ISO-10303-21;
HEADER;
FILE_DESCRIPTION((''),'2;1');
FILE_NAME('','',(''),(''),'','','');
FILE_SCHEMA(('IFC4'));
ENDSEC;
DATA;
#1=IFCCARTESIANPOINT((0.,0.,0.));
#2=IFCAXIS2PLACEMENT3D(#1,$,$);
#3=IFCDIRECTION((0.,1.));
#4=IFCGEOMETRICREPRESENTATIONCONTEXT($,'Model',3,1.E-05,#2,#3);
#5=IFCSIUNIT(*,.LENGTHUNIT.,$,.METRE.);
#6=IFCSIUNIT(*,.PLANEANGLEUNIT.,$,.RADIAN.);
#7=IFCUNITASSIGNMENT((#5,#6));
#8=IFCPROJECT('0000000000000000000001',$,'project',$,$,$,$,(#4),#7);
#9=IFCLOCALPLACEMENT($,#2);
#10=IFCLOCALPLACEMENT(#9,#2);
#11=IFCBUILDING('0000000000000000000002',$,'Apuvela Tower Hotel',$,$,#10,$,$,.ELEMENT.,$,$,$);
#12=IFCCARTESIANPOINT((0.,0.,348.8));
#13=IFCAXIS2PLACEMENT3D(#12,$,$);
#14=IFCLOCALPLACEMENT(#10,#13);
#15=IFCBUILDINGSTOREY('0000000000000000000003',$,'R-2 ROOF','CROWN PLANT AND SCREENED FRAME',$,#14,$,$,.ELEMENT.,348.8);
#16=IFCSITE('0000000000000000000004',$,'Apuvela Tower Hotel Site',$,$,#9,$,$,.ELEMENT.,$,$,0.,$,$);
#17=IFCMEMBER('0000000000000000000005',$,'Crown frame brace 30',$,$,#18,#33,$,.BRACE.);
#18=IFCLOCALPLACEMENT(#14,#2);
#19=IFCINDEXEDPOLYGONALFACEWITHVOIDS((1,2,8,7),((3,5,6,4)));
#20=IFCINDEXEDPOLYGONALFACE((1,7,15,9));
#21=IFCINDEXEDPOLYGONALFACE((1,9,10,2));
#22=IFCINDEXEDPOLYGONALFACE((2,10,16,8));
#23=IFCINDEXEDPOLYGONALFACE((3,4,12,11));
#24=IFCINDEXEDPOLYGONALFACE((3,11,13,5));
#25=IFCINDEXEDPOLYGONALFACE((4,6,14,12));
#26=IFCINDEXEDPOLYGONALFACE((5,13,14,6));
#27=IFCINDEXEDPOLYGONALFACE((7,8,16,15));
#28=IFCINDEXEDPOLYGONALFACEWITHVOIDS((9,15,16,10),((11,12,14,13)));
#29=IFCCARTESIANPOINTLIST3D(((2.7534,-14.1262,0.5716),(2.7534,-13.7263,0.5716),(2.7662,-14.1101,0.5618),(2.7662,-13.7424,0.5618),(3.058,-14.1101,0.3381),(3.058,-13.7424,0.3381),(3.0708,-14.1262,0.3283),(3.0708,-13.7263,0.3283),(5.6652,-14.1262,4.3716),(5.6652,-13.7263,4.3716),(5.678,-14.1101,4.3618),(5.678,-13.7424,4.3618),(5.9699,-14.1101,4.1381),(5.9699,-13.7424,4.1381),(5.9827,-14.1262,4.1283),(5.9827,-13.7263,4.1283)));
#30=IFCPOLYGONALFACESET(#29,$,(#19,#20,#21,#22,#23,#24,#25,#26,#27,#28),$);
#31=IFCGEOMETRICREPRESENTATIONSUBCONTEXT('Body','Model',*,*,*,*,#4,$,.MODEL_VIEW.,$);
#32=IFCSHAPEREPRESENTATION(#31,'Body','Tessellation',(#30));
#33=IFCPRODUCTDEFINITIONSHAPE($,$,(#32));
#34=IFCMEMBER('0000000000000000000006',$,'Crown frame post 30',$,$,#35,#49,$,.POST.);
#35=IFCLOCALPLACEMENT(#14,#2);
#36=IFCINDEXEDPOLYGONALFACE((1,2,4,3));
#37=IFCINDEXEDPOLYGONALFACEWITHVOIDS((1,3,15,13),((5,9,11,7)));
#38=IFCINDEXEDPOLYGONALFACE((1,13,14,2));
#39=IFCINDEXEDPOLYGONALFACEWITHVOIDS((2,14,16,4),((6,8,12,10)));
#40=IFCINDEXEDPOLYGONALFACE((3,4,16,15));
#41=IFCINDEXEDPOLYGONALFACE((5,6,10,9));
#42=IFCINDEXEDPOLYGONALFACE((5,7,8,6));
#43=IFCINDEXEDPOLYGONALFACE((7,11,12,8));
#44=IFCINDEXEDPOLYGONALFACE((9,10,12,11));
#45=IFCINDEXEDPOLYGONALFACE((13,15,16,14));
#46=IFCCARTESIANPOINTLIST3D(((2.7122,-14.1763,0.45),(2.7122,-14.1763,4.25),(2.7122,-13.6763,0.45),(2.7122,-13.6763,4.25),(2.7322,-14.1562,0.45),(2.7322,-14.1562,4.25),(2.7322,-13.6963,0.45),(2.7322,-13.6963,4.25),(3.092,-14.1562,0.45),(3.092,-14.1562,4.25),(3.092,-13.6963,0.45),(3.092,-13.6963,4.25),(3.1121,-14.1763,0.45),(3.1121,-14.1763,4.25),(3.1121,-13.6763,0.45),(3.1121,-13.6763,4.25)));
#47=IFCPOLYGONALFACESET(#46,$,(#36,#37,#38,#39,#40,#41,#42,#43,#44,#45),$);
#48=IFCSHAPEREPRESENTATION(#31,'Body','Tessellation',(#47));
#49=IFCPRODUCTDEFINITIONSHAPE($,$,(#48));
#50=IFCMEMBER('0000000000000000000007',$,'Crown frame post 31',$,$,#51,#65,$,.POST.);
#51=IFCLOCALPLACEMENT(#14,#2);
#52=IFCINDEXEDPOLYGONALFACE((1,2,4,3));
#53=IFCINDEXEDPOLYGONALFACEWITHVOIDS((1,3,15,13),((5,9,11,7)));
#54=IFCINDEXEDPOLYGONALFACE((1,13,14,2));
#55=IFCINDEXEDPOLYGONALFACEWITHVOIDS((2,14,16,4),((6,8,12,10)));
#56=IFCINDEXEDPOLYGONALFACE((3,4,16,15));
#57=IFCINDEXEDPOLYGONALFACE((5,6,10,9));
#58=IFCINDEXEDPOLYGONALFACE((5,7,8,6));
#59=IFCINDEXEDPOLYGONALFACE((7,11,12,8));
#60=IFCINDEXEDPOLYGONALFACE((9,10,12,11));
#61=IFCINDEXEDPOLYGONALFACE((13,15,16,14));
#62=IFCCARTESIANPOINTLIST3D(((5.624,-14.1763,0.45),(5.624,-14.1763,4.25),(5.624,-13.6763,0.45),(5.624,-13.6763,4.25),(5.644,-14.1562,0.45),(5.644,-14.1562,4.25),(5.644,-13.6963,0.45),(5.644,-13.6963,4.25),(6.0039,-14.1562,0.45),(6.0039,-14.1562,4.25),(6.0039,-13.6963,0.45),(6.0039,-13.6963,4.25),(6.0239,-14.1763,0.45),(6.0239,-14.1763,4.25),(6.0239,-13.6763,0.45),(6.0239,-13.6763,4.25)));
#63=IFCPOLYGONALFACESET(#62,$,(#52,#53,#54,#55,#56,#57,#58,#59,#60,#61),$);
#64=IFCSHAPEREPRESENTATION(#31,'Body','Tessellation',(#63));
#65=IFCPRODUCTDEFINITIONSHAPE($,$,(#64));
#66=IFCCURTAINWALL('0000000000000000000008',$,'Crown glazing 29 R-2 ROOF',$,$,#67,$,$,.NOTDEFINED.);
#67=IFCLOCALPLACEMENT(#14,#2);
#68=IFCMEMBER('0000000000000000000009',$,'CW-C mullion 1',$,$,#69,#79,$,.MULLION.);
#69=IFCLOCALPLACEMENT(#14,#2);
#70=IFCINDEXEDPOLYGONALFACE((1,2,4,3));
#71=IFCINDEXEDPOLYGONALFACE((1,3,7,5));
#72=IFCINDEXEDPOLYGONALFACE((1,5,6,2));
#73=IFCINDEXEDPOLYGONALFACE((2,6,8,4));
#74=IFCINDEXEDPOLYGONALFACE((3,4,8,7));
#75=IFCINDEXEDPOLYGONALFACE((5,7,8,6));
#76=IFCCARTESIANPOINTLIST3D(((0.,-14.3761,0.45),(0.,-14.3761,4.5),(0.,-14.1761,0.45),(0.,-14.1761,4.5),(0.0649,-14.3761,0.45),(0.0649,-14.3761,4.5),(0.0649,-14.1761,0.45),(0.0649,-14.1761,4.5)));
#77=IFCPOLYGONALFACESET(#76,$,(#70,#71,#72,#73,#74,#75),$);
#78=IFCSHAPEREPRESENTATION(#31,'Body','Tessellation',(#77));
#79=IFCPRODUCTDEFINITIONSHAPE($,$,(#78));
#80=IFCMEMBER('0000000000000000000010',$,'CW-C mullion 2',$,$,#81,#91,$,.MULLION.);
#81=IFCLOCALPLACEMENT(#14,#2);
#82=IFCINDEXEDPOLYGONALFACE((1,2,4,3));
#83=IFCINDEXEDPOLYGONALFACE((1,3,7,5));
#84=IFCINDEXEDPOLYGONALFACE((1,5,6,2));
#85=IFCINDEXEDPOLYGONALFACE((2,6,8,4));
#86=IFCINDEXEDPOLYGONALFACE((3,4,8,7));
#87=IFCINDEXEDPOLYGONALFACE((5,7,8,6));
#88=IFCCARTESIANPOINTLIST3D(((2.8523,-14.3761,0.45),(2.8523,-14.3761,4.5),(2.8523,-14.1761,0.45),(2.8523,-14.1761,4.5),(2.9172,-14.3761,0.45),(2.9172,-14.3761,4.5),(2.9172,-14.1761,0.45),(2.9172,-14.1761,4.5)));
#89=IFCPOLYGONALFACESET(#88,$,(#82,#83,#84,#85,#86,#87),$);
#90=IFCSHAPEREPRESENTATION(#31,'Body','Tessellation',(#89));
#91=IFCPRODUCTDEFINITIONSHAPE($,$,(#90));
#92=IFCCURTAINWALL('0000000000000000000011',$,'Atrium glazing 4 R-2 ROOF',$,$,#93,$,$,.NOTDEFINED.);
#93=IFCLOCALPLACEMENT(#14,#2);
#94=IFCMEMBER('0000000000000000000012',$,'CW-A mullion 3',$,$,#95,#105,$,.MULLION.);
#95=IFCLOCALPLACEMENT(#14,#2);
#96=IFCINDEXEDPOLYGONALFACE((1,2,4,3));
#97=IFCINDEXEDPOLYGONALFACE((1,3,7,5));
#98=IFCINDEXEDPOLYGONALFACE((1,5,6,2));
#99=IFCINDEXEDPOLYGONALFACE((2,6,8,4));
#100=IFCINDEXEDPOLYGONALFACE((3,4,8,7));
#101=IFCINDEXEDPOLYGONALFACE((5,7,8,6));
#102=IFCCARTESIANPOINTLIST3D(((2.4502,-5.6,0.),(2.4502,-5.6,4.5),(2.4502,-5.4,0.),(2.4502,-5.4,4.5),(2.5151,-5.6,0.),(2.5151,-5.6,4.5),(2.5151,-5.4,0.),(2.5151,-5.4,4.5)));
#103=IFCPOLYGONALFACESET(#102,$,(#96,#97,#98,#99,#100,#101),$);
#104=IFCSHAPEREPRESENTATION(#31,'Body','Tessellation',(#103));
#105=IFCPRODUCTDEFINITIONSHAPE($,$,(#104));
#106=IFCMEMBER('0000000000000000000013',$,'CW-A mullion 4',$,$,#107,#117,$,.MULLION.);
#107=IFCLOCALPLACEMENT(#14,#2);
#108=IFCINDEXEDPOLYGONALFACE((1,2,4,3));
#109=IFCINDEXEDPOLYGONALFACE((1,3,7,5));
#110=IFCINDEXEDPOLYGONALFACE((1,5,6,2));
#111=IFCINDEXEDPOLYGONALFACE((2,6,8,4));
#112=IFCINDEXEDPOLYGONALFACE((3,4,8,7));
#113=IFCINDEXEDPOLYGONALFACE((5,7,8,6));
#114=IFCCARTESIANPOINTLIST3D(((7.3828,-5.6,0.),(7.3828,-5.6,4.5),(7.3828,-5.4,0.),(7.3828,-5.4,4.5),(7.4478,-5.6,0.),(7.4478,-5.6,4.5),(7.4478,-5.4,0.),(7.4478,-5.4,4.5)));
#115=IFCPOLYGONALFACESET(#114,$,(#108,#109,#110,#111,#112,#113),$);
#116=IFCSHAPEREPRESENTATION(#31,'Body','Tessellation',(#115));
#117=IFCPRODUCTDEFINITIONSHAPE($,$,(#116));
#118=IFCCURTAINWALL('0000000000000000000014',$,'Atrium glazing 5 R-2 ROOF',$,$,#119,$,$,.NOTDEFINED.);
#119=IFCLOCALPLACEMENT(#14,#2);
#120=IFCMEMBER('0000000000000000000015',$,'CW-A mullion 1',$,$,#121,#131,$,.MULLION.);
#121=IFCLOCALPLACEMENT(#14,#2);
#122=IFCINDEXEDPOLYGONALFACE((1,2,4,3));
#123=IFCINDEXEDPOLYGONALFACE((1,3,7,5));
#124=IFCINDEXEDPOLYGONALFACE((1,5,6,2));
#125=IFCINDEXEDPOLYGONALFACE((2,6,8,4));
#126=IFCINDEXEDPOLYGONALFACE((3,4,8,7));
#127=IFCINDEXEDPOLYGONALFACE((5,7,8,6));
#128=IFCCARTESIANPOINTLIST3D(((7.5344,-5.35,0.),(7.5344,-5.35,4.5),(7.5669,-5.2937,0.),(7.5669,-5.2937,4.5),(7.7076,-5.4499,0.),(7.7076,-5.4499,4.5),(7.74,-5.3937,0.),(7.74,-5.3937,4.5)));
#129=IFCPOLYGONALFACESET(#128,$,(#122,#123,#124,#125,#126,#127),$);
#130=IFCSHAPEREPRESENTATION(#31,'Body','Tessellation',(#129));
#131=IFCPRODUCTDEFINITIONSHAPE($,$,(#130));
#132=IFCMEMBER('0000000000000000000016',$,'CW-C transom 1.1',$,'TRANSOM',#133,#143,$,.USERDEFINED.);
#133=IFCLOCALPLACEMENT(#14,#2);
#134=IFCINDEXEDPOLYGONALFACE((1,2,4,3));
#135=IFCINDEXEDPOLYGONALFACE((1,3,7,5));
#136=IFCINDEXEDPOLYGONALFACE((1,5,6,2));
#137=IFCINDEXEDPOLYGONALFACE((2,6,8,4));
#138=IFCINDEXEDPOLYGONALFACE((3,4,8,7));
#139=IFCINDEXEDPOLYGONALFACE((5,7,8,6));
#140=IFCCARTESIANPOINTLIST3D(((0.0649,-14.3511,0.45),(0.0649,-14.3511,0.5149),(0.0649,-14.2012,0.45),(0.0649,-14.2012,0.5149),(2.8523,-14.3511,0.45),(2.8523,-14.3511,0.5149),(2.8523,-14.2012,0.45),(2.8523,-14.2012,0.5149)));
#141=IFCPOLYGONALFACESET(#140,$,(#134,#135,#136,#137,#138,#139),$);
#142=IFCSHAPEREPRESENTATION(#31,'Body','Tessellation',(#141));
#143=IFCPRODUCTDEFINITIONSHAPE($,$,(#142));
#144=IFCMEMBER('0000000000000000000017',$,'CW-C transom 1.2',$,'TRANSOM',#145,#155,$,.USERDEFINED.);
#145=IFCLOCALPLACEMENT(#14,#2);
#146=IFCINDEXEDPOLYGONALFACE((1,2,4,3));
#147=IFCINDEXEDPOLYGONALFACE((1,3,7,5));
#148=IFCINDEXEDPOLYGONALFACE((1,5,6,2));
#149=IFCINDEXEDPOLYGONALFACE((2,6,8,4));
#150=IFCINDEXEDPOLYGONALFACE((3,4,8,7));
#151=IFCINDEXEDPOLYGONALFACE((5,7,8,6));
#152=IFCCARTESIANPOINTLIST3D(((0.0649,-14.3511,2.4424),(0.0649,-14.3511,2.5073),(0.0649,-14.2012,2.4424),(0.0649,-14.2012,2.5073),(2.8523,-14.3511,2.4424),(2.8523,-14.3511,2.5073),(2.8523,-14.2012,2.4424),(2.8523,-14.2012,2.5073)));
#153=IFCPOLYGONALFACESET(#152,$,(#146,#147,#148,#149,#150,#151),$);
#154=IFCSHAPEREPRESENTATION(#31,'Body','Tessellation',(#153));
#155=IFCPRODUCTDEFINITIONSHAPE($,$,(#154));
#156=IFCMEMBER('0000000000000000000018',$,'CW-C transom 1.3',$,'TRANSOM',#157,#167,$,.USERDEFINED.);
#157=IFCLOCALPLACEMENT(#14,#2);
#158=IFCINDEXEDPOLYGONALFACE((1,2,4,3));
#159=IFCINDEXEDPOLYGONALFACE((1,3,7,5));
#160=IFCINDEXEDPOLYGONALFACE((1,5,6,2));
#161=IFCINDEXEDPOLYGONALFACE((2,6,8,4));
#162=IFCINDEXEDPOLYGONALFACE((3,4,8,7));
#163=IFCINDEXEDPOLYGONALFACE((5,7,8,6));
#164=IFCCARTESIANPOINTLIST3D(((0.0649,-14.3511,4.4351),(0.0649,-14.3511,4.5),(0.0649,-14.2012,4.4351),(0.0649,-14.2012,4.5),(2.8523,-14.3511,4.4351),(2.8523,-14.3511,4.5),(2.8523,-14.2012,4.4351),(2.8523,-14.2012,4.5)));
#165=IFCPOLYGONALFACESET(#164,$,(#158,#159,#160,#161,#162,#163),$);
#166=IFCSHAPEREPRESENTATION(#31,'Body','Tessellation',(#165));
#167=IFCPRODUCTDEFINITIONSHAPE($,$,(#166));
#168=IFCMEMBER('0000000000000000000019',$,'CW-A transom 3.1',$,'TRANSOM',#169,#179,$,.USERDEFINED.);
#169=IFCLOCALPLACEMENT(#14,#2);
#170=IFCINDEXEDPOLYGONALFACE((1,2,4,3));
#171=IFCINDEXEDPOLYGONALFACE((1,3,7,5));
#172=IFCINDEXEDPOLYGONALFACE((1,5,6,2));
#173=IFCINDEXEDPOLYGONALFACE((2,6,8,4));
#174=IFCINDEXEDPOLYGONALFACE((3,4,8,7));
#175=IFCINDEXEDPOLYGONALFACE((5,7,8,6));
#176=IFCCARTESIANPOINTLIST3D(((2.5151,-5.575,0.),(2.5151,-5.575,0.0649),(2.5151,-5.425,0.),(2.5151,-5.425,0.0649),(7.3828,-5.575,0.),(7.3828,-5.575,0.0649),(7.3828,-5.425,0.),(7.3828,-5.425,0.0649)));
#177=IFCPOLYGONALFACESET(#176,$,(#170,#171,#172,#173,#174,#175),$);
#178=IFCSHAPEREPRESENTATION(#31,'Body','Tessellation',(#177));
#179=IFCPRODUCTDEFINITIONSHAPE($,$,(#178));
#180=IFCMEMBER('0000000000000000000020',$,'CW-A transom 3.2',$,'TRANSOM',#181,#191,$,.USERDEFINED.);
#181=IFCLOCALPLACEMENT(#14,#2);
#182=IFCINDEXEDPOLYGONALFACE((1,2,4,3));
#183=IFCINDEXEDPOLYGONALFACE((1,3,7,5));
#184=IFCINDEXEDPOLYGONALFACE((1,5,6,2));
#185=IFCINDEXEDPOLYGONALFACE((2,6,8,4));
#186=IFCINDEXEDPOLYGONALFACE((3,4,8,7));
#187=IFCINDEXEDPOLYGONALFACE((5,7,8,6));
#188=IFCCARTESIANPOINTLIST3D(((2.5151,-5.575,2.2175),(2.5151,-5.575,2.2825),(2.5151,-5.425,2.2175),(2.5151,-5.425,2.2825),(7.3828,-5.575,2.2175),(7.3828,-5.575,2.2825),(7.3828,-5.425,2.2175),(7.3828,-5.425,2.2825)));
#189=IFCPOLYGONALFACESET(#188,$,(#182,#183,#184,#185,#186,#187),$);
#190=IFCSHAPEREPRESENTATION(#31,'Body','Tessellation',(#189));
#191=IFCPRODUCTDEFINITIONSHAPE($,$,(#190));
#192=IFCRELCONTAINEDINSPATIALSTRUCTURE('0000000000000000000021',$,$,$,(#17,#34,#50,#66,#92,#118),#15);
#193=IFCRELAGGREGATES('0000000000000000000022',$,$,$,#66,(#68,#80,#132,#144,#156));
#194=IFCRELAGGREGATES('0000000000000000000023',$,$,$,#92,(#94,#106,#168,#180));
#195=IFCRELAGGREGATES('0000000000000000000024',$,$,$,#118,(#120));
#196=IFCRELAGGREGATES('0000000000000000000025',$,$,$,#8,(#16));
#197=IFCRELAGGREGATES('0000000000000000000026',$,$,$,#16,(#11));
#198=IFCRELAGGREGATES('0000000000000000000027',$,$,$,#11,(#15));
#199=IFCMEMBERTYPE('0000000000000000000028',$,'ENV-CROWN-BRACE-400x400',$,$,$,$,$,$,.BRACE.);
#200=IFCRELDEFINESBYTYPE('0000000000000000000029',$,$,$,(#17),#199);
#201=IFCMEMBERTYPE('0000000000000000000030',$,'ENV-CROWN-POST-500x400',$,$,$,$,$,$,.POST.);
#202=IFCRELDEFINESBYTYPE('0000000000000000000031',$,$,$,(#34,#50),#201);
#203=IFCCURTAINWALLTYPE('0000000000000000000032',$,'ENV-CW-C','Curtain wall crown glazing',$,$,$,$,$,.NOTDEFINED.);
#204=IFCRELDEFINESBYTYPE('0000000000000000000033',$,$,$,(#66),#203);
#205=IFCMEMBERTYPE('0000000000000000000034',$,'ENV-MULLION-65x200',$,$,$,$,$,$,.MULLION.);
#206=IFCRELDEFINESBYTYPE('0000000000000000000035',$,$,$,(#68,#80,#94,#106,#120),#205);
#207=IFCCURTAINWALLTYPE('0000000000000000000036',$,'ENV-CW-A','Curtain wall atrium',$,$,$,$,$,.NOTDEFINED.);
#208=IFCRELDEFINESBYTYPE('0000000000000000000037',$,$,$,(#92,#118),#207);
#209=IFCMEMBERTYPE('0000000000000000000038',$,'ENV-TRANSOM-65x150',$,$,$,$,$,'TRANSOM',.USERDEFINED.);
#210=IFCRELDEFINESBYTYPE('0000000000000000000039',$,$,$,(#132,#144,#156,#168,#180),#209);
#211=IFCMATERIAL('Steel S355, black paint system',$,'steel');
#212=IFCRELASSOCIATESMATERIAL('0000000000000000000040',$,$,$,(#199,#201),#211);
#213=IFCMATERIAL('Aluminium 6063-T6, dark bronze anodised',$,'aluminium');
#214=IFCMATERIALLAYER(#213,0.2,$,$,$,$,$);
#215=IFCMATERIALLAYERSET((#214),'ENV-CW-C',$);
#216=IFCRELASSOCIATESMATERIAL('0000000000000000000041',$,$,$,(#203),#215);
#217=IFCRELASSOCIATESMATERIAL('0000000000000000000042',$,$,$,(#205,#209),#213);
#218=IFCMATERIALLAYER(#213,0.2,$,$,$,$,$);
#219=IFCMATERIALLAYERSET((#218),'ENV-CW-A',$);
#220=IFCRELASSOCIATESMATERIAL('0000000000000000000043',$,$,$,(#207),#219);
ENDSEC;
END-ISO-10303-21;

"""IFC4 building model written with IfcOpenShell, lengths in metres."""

from ifc_helpers import new_model, si_unit, direction, frame, origin, origin_2d, place, context, subcontext, project, spatial, rectangle, hollow_rectangle, extrude, material, layer, layer_set, material_profile, profile_set, type_object, element, aggregate, save


model = new_model("IFC4")

# Units and contexts
model_context = context("Model", 3, precision=1e-05, world=origin(), true_north=direction((0.0, 1.0)))
body_context = subcontext(model_context, "Body", "Model", "MODEL_VIEW")
ifc_project = project(units=[si_unit("LENGTHUNIT", "METRE"), si_unit("PLANEANGLEUNIT", "RADIAN")], contexts=[model_context])

# Site, building, storey
site_placement = place(None, origin())
site = spatial("IfcSite", under=ifc_project, at=site_placement, Name="Apuvela Tower Hotel Site", CompositionType="ELEMENT", RefElevation=0.0)
building_placement = place(site_placement, origin())
building = spatial("IfcBuilding", under=site, at=building_placement, Name="Apuvela Tower Hotel", CompositionType="ELEMENT")
storey_placement = place(building_placement, frame((0.0, 0.0, 348.8)))
storey = spatial("IfcBuildingStorey", under=building, at=storey_placement, Name="R-2 ROOF", Description="CROWN PLANT AND SCREENED FRAME", CompositionType="ELEMENT", Elevation=348.8)

# Members
ifc_material_1 = material(Name="Steel S355, black paint system", Category="steel")
ifc_material_profile_1 = material_profile(ifc_material_1, hollow_rectangle(XDim=0.3999, YDim=0.3999, WallThickness=0.0161, at=origin_2d()), Name="HSS 400x400x16")
ifc_profile_set_1 = profile_set([ifc_material_profile_1], Name="Steel S355, black paint system")
member_type_1 = type_object("IfcMemberType", Name="ENV-CROWN-BRACE-400x400", PredefinedType="BRACE", material=ifc_profile_set_1)
member_1_placement = place(storey_placement, frame((2.9121, -13.9263, 0.45), z_axis=(0.608233, 0.0, 0.793758), x_axis=(0.0, 1.0, 0.0)))
element("IfcMember", 1, at=member_1_placement, inside=storey, type_object=member_type_1, Name="Crown frame brace 30", PredefinedType="BRACE", context=body_context, shape_type="SweptSolid", body=[
    extrude(hollow_rectangle(XDim=0.3999, YDim=0.3999, WallThickness=0.0161, at=origin_2d()), origin(), (0.0, 0.0, 1.0), 4.7874),
])
ifc_material_profile_2 = material_profile(ifc_material_1, hollow_rectangle(XDim=0.3999, YDim=0.5, WallThickness=0.02, at=origin_2d()), Name="HSS 500x400x20")
ifc_profile_set_2 = profile_set([ifc_material_profile_2], Name="Steel S355, black paint system")
member_type_2 = type_object("IfcMemberType", Name="ENV-CROWN-POST-500x400", PredefinedType="POST", material=ifc_profile_set_2)
for number, where, z_axis, x_axis, name in (
    (2, (2.9121, -13.9263, 0.45), (0.0, 0.0, 1.0), (1.0, 0.0, 0.0), "Crown frame post 30"),
    (3, (5.824, -13.9263, 0.45), (0.0, 0.0, 1.0), (1.0, 0.0, 0.0), "Crown frame post 31"),
):
    element("IfcMember", number, at=place(storey_placement, frame(where, z_axis=z_axis, x_axis=x_axis)), inside=storey, type_object=member_type_2, Name=name, PredefinedType="POST", context=body_context, shape_type="SweptSolid", body=[
        extrude(hollow_rectangle(XDim=0.3999, YDim=0.5, WallThickness=0.02, at=origin_2d()), origin(), (0.0, 0.0, 1.0), 3.8),
    ])

# Curtain walls, members
ifc_material_2 = material(Name="Aluminium 6063-T6, dark bronze anodised", Category="aluminium")
ifc_layer_1 = layer(ifc_material_2, 0.2)
ifc_layer_set_1 = layer_set([ifc_layer_1], Name="ENV-CW-C")
curtain_wall_type_1 = type_object("IfcCurtainWallType", Name="ENV-CW-C", Description="Curtain wall crown glazing", PredefinedType="NOTDEFINED", material=ifc_layer_set_1)
curtain_wall_1_placement = place(storey_placement, origin())
curtain_wall_1 = element("IfcCurtainWall", 4, at=curtain_wall_1_placement, inside=storey, type_object=curtain_wall_type_1, Name="Crown glazing 29 R-2 ROOF", PredefinedType="NOTDEFINED")
ifc_material_profile_3 = material_profile(ifc_material_2, rectangle(XDim=0.2, YDim=0.0649, at=origin_2d()), Name="AL 65x200")
ifc_profile_set_3 = profile_set([ifc_material_profile_3], Name="Aluminium 6063-T6, dark bronze anodised")
member_type_3 = type_object("IfcMemberType", Name="ENV-MULLION-65x200", PredefinedType="MULLION", material=ifc_profile_set_3)
member_2_placement = place(storey_placement, frame((0.0325, -14.2761, 0.45), z_axis=(0.0, 0.0, 1.0), x_axis=(0.0, 1.0, 0.0)))
member_2 = element("IfcMember", 5, at=member_2_placement, type_object=member_type_3, Name="CW-C mullion 1", PredefinedType="MULLION", context=body_context, shape_type="SweptSolid", body=[
    extrude(rectangle(XDim=0.2, YDim=0.0649, at=origin_2d()), origin(), (0.0, 0.0, 1.0), 4.05),
])
member_3_placement = place(storey_placement, frame((2.8848, -14.2761, 0.45), z_axis=(0.0, 0.0, 1.0), x_axis=(0.0, 1.0, 0.0)))
member_3 = element("IfcMember", 6, at=member_3_placement, type_object=member_type_3, Name="CW-C mullion 2", PredefinedType="MULLION", context=body_context, shape_type="SweptSolid", body=[
    extrude(rectangle(XDim=0.2, YDim=0.0649, at=origin_2d()), origin(), (0.0, 0.0, 1.0), 4.05),
])
ifc_layer_2 = layer(ifc_material_2, 0.2)
ifc_layer_set_2 = layer_set([ifc_layer_2], Name="ENV-CW-A")
curtain_wall_type_2 = type_object("IfcCurtainWallType", Name="ENV-CW-A", Description="Curtain wall atrium", PredefinedType="NOTDEFINED", material=ifc_layer_set_2)
curtain_wall_2_placement = place(storey_placement, origin())
curtain_wall_2 = element("IfcCurtainWall", 7, at=curtain_wall_2_placement, inside=storey, type_object=curtain_wall_type_2, Name="Atrium glazing 4 R-2 ROOF", PredefinedType="NOTDEFINED")
member_4_placement = place(storey_placement, frame((2.4827, -5.5, 0.0), z_axis=(0.0, 0.0, 1.0), x_axis=(0.0, 1.0, 0.0)))
member_4 = element("IfcMember", 8, at=member_4_placement, type_object=member_type_3, Name="CW-A mullion 3", PredefinedType="MULLION", context=body_context, shape_type="SweptSolid", body=[
    extrude(rectangle(XDim=0.2, YDim=0.0649, at=origin_2d()), origin(), (0.0, 0.0, 1.0), 4.5),
])
member_5_placement = place(storey_placement, frame((7.4153, -5.5, 0.0), z_axis=(0.0, 0.0, 1.0), x_axis=(0.0, 1.0, 0.0)))
member_5 = element("IfcMember", 9, at=member_5_placement, type_object=member_type_3, Name="CW-A mullion 4", PredefinedType="MULLION", context=body_context, shape_type="SweptSolid", body=[
    extrude(rectangle(XDim=0.2, YDim=0.0649, at=origin_2d()), origin(), (0.0, 0.0, 1.0), 4.5),
])

# Curtain wall, member
curtain_wall_3_placement = place(storey_placement, origin())
curtain_wall_3 = element("IfcCurtainWall", 10, at=curtain_wall_3_placement, inside=storey, type_object=curtain_wall_type_2, Name="Atrium glazing 5 R-2 ROOF", PredefinedType="NOTDEFINED")
member_6_placement = place(storey_placement, frame((7.6372, -5.3718, 0.0), z_axis=(0.0, 0.0, 1.0), x_axis=(-0.866032, 0.499989, 0.0)))
member_6 = element("IfcMember", 11, at=member_6_placement, type_object=member_type_3, Name="CW-A mullion 1", PredefinedType="MULLION", context=body_context, shape_type="SweptSolid", body=[
    extrude(rectangle(XDim=0.2, YDim=0.0649, at=origin_2d()), origin(), (0.0, 0.0, 1.0), 4.5),
])

# Members
ifc_material_profile_4 = material_profile(ifc_material_2, rectangle(XDim=0.1499, YDim=0.0649, at=origin_2d()), Name="AL 65x150 transom")
ifc_profile_set_4 = profile_set([ifc_material_profile_4], Name="Aluminium 6063-T6, dark bronze anodised")
member_type_4 = type_object("IfcMemberType", Name="ENV-TRANSOM-65x150", ElementType="TRANSOM", PredefinedType="USERDEFINED", material=ifc_profile_set_4)
member_7_placement = place(storey_placement, frame((0.0649, -14.2761, 0.4824), z_axis=(1.0, 0.0, 0.0), x_axis=(0.0, 1.0, 0.0)))
member_7 = element("IfcMember", 12, at=member_7_placement, type_object=member_type_4, Name="CW-C transom 1.1", ObjectType="TRANSOM", PredefinedType="USERDEFINED", context=body_context, shape_type="SweptSolid", body=[
    extrude(rectangle(XDim=0.1499, YDim=0.0649, at=origin_2d()), origin(), (0.0, 0.0, 1.0), 2.7874),
])
member_8_placement = place(storey_placement, frame((0.0649, -14.2761, 2.4749), z_axis=(1.0, 0.0, 0.0), x_axis=(0.0, 1.0, 0.0)))
member_8 = element("IfcMember", 13, at=member_8_placement, type_object=member_type_4, Name="CW-C transom 1.2", ObjectType="TRANSOM", PredefinedType="USERDEFINED", context=body_context, shape_type="SweptSolid", body=[
    extrude(rectangle(XDim=0.1499, YDim=0.0649, at=origin_2d()), origin(), (0.0, 0.0, 1.0), 2.7874),
])
member_9_placement = place(storey_placement, frame((0.0649, -14.2761, 4.4675), z_axis=(1.0, 0.0, 0.0), x_axis=(0.0, 1.0, 0.0)))
member_9 = element("IfcMember", 14, at=member_9_placement, type_object=member_type_4, Name="CW-C transom 1.3", ObjectType="TRANSOM", PredefinedType="USERDEFINED", context=body_context, shape_type="SweptSolid", body=[
    extrude(rectangle(XDim=0.1499, YDim=0.0649, at=origin_2d()), origin(), (0.0, 0.0, 1.0), 2.7874),
])
member_10_placement = place(storey_placement, frame((2.5151, -5.5, 0.0325), z_axis=(1.0, 0.0, 0.0), x_axis=(0.0, 1.0, 0.0)))
member_10 = element("IfcMember", 15, at=member_10_placement, type_object=member_type_4, Name="CW-A transom 3.1", ObjectType="TRANSOM", PredefinedType="USERDEFINED", context=body_context, shape_type="SweptSolid", body=[
    extrude(rectangle(XDim=0.1499, YDim=0.0649, at=origin_2d()), origin(), (0.0, 0.0, 1.0), 4.8677),
])
member_11_placement = place(storey_placement, frame((2.5151, -5.5, 2.25), z_axis=(1.0, 0.0, 0.0), x_axis=(0.0, 1.0, 0.0)))
member_11 = element("IfcMember", 16, at=member_11_placement, type_object=member_type_4, Name="CW-A transom 3.2", ObjectType="TRANSOM", PredefinedType="USERDEFINED", context=body_context, shape_type="SweptSolid", body=[
    extrude(rectangle(XDim=0.1499, YDim=0.0649, at=origin_2d()), origin(), (0.0, 0.0, 1.0), 4.8677),
])

aggregate(curtain_wall_1, [member_2, member_3, member_7, member_8, member_9])
aggregate(curtain_wall_2, [member_4, member_5, member_10, member_11])
aggregate(curtain_wall_3, [member_6])

save(model, "model.ifc")
